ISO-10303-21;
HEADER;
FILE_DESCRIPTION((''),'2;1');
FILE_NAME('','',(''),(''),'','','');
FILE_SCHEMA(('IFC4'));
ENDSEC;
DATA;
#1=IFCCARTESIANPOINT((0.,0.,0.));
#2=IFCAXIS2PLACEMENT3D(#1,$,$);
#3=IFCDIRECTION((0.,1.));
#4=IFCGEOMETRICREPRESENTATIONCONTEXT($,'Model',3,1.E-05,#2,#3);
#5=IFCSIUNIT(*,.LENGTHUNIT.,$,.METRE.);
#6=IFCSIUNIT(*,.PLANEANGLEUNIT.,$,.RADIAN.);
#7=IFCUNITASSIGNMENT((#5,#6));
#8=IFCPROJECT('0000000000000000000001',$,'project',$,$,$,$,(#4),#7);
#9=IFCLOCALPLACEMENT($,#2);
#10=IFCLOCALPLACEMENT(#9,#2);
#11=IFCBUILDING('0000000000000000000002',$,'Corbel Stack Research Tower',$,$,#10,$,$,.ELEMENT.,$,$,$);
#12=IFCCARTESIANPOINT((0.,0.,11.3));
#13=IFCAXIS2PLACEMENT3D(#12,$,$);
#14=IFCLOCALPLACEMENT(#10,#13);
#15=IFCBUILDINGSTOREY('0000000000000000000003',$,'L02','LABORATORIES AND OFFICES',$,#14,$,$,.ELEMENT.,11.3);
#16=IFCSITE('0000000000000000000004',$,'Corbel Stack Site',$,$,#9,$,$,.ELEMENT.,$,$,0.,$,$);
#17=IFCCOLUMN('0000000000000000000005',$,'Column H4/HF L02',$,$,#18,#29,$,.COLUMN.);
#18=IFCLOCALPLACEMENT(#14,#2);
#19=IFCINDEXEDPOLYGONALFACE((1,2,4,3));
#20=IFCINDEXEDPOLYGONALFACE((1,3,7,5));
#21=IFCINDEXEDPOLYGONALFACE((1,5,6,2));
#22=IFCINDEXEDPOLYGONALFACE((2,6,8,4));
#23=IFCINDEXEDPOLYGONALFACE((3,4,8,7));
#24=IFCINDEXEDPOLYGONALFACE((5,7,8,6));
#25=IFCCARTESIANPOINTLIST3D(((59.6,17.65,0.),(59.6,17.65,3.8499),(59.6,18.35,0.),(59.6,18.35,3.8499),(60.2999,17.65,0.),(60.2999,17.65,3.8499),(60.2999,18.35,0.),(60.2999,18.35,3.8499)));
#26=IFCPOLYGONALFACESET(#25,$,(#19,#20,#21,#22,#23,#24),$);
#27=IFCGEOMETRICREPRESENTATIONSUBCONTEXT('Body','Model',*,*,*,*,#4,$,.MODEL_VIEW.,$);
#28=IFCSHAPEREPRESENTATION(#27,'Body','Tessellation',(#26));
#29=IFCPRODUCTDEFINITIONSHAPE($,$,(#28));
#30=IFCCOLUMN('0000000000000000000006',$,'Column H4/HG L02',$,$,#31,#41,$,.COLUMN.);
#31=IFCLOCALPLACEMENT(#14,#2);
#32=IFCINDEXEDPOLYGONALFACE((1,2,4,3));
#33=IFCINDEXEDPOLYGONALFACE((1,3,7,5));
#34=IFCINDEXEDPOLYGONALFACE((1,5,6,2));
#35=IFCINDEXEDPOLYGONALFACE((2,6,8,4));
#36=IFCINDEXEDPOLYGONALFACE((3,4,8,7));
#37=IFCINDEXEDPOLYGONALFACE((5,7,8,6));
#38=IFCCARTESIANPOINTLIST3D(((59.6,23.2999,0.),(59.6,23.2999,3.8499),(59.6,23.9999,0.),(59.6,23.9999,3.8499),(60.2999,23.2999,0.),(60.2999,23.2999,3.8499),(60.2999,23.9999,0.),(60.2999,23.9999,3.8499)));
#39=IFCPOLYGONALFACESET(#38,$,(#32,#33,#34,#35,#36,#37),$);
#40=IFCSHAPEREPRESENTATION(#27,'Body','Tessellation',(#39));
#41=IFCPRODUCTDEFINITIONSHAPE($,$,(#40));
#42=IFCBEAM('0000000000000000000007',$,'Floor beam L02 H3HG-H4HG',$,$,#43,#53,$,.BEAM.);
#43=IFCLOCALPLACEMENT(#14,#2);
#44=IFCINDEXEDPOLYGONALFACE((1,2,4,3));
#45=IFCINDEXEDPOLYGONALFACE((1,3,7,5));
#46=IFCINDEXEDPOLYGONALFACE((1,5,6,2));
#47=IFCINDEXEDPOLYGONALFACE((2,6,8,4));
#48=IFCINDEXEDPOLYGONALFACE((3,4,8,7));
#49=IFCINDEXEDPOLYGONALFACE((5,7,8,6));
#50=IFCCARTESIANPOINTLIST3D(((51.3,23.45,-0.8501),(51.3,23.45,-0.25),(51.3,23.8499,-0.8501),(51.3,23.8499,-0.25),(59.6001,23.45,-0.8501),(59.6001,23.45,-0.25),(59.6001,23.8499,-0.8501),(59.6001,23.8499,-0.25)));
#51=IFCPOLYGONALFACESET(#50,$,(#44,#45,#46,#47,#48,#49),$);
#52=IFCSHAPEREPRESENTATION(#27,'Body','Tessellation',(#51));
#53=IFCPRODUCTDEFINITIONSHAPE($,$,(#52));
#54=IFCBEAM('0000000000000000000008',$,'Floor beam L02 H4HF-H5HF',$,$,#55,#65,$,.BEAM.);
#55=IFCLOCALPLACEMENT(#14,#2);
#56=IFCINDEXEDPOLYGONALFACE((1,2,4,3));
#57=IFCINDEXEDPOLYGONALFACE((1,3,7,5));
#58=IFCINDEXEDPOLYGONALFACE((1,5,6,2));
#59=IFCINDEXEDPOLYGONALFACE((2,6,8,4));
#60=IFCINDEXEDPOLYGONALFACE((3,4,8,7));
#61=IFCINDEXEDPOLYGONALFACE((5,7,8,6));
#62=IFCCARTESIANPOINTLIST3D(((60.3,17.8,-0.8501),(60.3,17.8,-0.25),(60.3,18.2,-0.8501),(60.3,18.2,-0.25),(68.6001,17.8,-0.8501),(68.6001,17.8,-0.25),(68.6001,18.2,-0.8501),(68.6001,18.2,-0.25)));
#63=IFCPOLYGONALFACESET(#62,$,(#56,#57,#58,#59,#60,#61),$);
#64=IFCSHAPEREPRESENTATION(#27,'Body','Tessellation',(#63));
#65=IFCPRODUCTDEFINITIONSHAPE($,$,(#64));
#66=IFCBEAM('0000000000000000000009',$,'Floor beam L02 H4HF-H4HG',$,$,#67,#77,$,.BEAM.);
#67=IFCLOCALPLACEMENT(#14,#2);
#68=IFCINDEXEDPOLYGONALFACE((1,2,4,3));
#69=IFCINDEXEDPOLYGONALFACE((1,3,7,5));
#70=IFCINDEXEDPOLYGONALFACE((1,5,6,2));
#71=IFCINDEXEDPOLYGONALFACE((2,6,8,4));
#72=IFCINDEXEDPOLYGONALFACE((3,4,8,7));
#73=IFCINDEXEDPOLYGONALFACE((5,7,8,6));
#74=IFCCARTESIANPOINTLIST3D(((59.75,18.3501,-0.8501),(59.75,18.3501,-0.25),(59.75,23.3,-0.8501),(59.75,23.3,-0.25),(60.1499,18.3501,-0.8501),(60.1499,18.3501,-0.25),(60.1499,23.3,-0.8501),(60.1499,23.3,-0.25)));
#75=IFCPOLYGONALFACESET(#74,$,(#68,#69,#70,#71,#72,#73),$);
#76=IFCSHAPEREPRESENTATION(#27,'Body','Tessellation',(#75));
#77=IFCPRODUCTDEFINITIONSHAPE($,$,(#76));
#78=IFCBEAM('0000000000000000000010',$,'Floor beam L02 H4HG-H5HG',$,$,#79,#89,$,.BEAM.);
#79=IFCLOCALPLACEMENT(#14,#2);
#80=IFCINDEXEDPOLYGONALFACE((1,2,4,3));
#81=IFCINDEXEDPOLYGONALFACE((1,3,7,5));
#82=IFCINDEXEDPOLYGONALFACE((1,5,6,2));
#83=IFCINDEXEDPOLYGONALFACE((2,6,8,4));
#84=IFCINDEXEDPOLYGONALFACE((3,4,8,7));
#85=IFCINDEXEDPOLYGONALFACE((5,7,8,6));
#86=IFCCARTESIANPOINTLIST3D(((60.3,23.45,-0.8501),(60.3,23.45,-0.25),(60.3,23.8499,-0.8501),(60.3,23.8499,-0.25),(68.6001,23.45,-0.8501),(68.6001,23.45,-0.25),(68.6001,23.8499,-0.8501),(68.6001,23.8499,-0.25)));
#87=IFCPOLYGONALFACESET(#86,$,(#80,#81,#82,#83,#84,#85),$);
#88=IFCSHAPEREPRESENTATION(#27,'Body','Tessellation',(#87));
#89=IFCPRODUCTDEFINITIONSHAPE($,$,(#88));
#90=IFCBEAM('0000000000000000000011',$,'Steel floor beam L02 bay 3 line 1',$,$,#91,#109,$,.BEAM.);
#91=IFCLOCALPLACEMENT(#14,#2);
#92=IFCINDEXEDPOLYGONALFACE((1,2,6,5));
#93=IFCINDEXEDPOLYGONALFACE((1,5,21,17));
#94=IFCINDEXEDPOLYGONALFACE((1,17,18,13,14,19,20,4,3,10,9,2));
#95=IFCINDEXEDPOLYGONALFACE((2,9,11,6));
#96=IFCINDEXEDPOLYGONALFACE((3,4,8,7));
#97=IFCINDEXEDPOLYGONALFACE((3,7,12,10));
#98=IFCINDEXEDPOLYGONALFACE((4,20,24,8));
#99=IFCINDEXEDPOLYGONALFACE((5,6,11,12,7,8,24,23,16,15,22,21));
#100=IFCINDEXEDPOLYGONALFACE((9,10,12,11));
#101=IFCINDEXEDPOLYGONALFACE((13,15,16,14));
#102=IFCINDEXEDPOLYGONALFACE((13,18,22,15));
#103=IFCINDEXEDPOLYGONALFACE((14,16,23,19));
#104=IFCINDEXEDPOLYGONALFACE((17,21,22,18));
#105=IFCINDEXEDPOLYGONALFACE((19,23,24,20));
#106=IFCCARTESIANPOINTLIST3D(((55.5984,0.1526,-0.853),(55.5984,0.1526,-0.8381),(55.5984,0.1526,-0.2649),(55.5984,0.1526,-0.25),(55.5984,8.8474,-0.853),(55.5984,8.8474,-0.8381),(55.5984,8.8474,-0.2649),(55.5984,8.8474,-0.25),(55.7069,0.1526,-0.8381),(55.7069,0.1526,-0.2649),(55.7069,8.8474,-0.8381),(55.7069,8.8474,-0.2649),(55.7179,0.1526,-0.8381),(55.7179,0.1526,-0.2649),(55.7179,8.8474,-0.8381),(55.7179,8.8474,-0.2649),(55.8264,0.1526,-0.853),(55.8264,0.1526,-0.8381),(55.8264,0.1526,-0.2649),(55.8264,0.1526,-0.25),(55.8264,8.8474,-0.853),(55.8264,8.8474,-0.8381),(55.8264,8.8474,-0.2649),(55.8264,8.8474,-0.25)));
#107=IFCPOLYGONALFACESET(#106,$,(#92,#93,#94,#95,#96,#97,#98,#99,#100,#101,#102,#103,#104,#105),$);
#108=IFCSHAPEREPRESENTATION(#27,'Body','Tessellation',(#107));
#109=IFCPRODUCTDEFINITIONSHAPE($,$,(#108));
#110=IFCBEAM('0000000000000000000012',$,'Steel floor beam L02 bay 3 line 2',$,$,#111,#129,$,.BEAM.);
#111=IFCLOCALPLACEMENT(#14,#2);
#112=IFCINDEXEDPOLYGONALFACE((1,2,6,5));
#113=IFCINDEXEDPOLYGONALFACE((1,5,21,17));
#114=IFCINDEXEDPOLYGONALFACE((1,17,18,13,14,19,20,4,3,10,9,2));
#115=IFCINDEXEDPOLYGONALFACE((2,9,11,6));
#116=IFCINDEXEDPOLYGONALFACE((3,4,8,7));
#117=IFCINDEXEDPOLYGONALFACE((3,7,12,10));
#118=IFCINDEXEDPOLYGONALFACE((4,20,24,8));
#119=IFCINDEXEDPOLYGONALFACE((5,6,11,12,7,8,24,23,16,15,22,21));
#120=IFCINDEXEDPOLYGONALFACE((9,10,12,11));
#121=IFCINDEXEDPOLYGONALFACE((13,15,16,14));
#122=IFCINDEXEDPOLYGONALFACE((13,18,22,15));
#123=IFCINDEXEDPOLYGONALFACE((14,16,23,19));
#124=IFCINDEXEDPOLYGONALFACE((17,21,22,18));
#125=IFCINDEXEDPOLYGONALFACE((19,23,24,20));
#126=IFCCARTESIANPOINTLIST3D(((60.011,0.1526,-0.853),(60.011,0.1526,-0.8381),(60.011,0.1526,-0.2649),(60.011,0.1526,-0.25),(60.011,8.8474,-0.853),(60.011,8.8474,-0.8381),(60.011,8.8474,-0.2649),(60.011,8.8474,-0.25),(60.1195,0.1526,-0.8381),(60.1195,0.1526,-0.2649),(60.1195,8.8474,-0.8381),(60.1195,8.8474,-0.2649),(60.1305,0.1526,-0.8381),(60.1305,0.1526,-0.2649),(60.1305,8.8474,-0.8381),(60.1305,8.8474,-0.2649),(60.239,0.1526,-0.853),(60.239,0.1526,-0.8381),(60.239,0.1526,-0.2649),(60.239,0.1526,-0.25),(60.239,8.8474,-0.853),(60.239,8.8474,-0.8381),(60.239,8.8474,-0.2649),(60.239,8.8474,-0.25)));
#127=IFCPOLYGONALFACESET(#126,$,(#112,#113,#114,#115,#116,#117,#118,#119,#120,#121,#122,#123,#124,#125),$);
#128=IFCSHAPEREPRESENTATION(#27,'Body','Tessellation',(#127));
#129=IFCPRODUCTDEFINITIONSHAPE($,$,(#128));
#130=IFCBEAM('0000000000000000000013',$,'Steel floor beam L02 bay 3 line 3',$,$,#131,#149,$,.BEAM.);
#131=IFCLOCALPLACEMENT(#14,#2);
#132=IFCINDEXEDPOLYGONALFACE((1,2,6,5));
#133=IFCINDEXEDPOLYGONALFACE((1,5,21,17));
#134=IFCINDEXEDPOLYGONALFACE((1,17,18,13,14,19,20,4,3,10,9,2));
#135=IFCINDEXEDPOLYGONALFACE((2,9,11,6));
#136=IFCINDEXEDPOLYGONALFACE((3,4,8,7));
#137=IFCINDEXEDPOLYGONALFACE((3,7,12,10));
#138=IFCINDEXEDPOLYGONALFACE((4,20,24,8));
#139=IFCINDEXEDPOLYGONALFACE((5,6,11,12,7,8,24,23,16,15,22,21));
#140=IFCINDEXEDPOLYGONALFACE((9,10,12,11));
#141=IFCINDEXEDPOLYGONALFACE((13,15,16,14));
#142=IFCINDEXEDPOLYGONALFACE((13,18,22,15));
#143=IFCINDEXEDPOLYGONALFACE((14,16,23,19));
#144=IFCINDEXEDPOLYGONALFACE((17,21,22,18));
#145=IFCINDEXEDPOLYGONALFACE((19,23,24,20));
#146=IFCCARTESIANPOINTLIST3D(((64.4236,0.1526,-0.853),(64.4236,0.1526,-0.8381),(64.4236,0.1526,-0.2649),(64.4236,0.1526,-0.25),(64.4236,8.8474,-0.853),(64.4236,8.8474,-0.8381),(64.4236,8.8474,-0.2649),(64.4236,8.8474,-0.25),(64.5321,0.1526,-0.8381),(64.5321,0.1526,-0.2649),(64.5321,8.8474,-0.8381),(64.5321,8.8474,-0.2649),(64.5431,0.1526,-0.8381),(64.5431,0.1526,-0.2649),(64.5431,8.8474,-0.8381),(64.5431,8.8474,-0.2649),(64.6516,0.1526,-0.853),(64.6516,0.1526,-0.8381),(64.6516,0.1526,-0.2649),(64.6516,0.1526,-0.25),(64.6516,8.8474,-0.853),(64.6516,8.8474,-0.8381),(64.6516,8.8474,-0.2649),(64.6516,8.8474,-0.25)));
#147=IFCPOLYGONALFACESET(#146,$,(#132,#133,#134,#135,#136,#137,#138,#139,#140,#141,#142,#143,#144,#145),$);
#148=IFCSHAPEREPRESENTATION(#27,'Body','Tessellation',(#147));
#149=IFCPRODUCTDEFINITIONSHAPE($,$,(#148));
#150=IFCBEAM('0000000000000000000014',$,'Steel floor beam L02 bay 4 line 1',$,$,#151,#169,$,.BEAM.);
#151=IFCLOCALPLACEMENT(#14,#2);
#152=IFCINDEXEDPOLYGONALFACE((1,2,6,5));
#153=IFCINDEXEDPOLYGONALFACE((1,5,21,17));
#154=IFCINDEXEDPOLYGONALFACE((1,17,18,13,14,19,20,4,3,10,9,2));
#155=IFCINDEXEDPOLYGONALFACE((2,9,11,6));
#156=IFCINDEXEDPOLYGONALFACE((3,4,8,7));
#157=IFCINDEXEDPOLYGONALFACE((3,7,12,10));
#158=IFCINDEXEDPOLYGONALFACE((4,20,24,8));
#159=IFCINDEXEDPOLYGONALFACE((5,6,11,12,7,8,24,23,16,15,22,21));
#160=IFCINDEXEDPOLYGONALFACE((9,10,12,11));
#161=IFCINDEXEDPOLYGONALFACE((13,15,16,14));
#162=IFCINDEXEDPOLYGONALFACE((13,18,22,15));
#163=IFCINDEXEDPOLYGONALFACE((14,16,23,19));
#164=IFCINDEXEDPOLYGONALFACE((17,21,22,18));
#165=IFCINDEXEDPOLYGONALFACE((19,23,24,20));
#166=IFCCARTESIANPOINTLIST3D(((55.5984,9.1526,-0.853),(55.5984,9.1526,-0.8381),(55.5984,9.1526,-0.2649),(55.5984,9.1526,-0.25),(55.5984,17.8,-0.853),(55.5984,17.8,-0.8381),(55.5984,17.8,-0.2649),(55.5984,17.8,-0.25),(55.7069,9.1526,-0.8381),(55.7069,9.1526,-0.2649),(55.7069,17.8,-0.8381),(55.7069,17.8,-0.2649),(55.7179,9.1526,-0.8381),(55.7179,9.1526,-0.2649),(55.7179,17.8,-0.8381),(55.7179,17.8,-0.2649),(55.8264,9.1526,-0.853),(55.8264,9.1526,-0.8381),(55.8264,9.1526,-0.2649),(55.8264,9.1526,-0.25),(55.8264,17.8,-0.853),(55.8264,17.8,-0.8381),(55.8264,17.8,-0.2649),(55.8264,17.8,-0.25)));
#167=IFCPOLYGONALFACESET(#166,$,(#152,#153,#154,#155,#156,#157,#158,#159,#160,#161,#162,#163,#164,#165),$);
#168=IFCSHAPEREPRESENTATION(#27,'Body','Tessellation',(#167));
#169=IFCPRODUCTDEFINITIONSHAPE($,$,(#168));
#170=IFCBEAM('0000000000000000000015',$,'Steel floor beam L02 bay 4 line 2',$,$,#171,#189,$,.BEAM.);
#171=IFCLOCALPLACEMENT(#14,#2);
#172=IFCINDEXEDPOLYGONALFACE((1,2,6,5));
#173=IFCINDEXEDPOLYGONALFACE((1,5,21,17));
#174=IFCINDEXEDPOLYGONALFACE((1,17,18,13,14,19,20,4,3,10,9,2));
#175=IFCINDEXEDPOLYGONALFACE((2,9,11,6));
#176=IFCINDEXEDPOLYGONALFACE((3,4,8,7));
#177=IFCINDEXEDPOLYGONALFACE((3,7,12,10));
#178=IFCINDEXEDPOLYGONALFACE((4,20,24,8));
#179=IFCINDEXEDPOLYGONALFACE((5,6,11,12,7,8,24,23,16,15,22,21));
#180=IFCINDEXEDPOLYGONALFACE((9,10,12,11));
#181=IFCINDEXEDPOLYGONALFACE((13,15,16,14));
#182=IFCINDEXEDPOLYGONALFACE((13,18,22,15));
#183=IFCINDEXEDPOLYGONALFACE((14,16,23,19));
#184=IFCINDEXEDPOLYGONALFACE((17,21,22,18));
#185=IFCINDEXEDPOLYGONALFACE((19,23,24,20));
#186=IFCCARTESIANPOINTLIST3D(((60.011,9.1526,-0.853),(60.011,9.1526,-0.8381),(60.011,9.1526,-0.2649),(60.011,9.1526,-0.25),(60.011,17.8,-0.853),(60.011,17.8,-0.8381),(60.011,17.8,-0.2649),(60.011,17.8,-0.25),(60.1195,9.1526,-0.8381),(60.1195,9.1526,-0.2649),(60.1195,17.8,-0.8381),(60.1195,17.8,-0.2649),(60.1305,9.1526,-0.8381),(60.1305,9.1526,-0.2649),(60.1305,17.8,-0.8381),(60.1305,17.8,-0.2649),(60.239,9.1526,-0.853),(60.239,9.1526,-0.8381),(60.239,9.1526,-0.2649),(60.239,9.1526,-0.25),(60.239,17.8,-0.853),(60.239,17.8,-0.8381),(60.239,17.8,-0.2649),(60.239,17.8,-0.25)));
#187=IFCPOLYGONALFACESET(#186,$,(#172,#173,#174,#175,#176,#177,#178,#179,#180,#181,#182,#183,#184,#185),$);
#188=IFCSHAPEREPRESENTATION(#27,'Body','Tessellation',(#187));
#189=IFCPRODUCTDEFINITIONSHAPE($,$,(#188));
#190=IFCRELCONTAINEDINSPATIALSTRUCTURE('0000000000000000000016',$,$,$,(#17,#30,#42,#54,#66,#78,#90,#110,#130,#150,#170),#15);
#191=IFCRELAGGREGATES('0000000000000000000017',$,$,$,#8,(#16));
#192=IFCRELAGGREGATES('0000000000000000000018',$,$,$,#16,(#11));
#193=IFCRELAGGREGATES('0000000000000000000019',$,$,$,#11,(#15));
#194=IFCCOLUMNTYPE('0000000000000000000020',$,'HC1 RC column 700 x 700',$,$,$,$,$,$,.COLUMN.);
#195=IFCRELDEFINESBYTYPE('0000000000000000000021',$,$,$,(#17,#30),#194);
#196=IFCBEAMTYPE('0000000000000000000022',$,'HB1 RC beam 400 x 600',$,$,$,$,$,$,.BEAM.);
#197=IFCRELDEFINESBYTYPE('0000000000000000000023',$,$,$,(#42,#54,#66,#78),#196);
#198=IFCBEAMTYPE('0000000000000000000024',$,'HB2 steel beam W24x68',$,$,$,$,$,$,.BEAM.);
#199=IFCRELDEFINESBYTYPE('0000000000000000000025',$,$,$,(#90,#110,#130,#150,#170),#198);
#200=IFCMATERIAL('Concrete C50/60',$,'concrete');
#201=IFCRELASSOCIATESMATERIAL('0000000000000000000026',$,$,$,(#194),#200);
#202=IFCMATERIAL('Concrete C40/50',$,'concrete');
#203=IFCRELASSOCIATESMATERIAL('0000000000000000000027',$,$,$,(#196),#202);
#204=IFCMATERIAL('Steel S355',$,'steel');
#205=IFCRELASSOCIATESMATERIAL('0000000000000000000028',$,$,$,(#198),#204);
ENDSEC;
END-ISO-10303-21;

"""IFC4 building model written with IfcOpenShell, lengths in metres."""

from ifc_helpers import new_model, si_unit, direction, frame, origin, origin_2d, place, context, subcontext, project, spatial, rectangle, i_section, extrude, material, material_profile, profile_set, type_object, element, save


model = new_model("IFC4")

# Units and contexts
model_context = context("Model", 3, precision=1e-05, world=origin(), true_north=direction((0.0, 1.0)))
body_context = subcontext(model_context, "Body", "Model", "MODEL_VIEW")
ifc_project = project(units=[si_unit("LENGTHUNIT", "METRE"), si_unit("PLANEANGLEUNIT", "RADIAN")], contexts=[model_context])

# Site, building, storey
site_placement = place(None, origin())
site = spatial("IfcSite", under=ifc_project, at=site_placement, Name="Corbel Stack Site", CompositionType="ELEMENT", RefElevation=0.0)
building_placement = place(site_placement, origin())
building = spatial("IfcBuilding", under=site, at=building_placement, Name="Corbel Stack Research Tower", CompositionType="ELEMENT")
storey_placement = place(building_placement, frame((0.0, 0.0, 11.3)))
storey = spatial("IfcBuildingStorey", under=building, at=storey_placement, Name="L02", Description="LABORATORIES AND OFFICES", CompositionType="ELEMENT", Elevation=11.3)

# Columns
ifc_material_1 = material(Name="Concrete C50/60", Category="concrete")
ifc_material_profile_1 = material_profile(ifc_material_1, rectangle(XDim=0.7, YDim=0.7, at=origin_2d()), Name="RC 700 x 700")
ifc_profile_set_1 = profile_set([ifc_material_profile_1], Name="Concrete C50/60")
column_type = type_object("IfcColumnType", Name="HC1 RC column 700 x 700", PredefinedType="COLUMN", material=ifc_profile_set_1)
for number, where, z_axis, x_axis, name in (
    (1, (59.95, 18.0, 0.0), (0.0, 0.0, 1.0), (1.0, 0.0, 0.0), "Column H4/HF L02"),
    (2, (59.95, 23.6499, 0.0), (0.0, 0.0, 1.0), (1.0, 0.0, 0.0), "Column H4/HG L02"),
):
    element("IfcColumn", number, at=place(storey_placement, frame(where, z_axis=z_axis, x_axis=x_axis)), inside=storey, type_object=column_type, Name=name, PredefinedType="COLUMN", context=body_context, shape_type="SweptSolid", body=[
        extrude(rectangle(XDim=0.7, YDim=0.7, at=origin_2d()), origin(), (0.0, 0.0, 1.0), 3.8499),
    ])

# Beams
ifc_material_2 = material(Name="Concrete C40/50", Category="concrete")
ifc_material_profile_2 = material_profile(ifc_material_2, rectangle(XDim=0.3999, YDim=0.6001, at=origin_2d()), Name="RC 400 x 600")
ifc_profile_set_2 = profile_set([ifc_material_profile_2], Name="Concrete C40/50")
beam_type_1 = type_object("IfcBeamType", Name="HB1 RC beam 400 x 600", PredefinedType="BEAM", material=ifc_profile_set_2)
for number, where, z_axis, x_axis, name in (
    (3, (51.3, 23.6499, -0.55), (1.0, 0.0, 0.0), (0.0, 1.0, 0.0), "Floor beam L02 H3HG-H4HG"),
    (4, (60.3, 18.0, -0.55), (1.0, 0.0, 0.0), (0.0, 1.0, 0.0), "Floor beam L02 H4HF-H5HF"),
):
    element("IfcBeam", number, at=place(storey_placement, frame(where, z_axis=z_axis, x_axis=x_axis)), inside=storey, type_object=beam_type_1, Name=name, PredefinedType="BEAM", context=body_context, shape_type="SweptSolid", body=[
        extrude(rectangle(XDim=0.3999, YDim=0.6001, at=origin_2d()), origin(), (0.0, 0.0, 1.0), 8.3),
    ])
beam_1_placement = place(storey_placement, frame((59.95, 18.3501, -0.55), z_axis=(0.0, 1.0, 0.0), x_axis=(-1.0, 0.0, 0.0)))
element("IfcBeam", 5, at=beam_1_placement, inside=storey, type_object=beam_type_1, Name="Floor beam L02 H4HF-H4HG", PredefinedType="BEAM", context=body_context, shape_type="SweptSolid", body=[
    extrude(rectangle(XDim=0.3999, YDim=0.6001, at=origin_2d()), origin(), (0.0, 0.0, 1.0), 4.95),
])
beam_2_placement = place(storey_placement, frame((60.3, 23.6499, -0.55), z_axis=(1.0, 0.0, 0.0), x_axis=(0.0, 1.0, 0.0)))
element("IfcBeam", 6, at=beam_2_placement, inside=storey, type_object=beam_type_1, Name="Floor beam L02 H4HG-H5HG", PredefinedType="BEAM", context=body_context, shape_type="SweptSolid", body=[
    extrude(rectangle(XDim=0.3999, YDim=0.6001, at=origin_2d()), origin(), (0.0, 0.0, 1.0), 8.3),
])
ifc_material_3 = material(Name="Steel S355", Category="steel")
ifc_material_profile_3 = material_profile(ifc_material_3, i_section(OverallWidth=0.228, OverallDepth=0.603, WebThickness=0.011, FlangeThickness=0.0149, at=origin_2d()), Name="W24x68")
ifc_profile_set_3 = profile_set([ifc_material_profile_3], Name="Steel S355")
beam_type_2 = type_object("IfcBeamType", Name="HB2 steel beam W24x68", PredefinedType="BEAM", material=ifc_profile_set_3)
for number, where, z_axis, x_axis, name in (
    (7, (55.7124, 0.1526, -0.5515), (0.0, 1.0, 0.0), (-1.0, 0.0, 0.0), "Steel floor beam L02 bay 3 line 1"),
    (8, (60.125, 0.1526, -0.5515), (0.0, 1.0, 0.0), (-1.0, 0.0, 0.0), "Steel floor beam L02 bay 3 line 2"),
    (9, (64.5376, 0.1526, -0.5515), (0.0, 1.0, 0.0), (-1.0, 0.0, 0.0), "Steel floor beam L02 bay 3 line 3"),
):
    element("IfcBeam", number, at=place(storey_placement, frame(where, z_axis=z_axis, x_axis=x_axis)), inside=storey, type_object=beam_type_2, Name=name, PredefinedType="BEAM", context=body_context, shape_type="SweptSolid", body=[
        extrude(i_section(OverallWidth=0.228, OverallDepth=0.603, WebThickness=0.011, FlangeThickness=0.0149, at=origin_2d()), origin(), (0.0, 0.0, 1.0), 8.6948),
    ])
for number, where, z_axis, x_axis, name in (
    (10, (55.7124, 9.1526, -0.5515), (0.0, 1.0, 0.0), (-1.0, 0.0, 0.0), "Steel floor beam L02 bay 4 line 1"),
    (11, (60.125, 9.1526, -0.5515), (0.0, 1.0, 0.0), (-1.0, 0.0, 0.0), "Steel floor beam L02 bay 4 line 2"),
):
    element("IfcBeam", number, at=place(storey_placement, frame(where, z_axis=z_axis, x_axis=x_axis)), inside=storey, type_object=beam_type_2, Name=name, PredefinedType="BEAM", context=body_context, shape_type="SweptSolid", body=[
        extrude(i_section(OverallWidth=0.228, OverallDepth=0.603, WebThickness=0.011, FlangeThickness=0.0149, at=origin_2d()), origin(), (0.0, 0.0, 1.0), 8.6475),
    ])

save(model, "model.ifc")
